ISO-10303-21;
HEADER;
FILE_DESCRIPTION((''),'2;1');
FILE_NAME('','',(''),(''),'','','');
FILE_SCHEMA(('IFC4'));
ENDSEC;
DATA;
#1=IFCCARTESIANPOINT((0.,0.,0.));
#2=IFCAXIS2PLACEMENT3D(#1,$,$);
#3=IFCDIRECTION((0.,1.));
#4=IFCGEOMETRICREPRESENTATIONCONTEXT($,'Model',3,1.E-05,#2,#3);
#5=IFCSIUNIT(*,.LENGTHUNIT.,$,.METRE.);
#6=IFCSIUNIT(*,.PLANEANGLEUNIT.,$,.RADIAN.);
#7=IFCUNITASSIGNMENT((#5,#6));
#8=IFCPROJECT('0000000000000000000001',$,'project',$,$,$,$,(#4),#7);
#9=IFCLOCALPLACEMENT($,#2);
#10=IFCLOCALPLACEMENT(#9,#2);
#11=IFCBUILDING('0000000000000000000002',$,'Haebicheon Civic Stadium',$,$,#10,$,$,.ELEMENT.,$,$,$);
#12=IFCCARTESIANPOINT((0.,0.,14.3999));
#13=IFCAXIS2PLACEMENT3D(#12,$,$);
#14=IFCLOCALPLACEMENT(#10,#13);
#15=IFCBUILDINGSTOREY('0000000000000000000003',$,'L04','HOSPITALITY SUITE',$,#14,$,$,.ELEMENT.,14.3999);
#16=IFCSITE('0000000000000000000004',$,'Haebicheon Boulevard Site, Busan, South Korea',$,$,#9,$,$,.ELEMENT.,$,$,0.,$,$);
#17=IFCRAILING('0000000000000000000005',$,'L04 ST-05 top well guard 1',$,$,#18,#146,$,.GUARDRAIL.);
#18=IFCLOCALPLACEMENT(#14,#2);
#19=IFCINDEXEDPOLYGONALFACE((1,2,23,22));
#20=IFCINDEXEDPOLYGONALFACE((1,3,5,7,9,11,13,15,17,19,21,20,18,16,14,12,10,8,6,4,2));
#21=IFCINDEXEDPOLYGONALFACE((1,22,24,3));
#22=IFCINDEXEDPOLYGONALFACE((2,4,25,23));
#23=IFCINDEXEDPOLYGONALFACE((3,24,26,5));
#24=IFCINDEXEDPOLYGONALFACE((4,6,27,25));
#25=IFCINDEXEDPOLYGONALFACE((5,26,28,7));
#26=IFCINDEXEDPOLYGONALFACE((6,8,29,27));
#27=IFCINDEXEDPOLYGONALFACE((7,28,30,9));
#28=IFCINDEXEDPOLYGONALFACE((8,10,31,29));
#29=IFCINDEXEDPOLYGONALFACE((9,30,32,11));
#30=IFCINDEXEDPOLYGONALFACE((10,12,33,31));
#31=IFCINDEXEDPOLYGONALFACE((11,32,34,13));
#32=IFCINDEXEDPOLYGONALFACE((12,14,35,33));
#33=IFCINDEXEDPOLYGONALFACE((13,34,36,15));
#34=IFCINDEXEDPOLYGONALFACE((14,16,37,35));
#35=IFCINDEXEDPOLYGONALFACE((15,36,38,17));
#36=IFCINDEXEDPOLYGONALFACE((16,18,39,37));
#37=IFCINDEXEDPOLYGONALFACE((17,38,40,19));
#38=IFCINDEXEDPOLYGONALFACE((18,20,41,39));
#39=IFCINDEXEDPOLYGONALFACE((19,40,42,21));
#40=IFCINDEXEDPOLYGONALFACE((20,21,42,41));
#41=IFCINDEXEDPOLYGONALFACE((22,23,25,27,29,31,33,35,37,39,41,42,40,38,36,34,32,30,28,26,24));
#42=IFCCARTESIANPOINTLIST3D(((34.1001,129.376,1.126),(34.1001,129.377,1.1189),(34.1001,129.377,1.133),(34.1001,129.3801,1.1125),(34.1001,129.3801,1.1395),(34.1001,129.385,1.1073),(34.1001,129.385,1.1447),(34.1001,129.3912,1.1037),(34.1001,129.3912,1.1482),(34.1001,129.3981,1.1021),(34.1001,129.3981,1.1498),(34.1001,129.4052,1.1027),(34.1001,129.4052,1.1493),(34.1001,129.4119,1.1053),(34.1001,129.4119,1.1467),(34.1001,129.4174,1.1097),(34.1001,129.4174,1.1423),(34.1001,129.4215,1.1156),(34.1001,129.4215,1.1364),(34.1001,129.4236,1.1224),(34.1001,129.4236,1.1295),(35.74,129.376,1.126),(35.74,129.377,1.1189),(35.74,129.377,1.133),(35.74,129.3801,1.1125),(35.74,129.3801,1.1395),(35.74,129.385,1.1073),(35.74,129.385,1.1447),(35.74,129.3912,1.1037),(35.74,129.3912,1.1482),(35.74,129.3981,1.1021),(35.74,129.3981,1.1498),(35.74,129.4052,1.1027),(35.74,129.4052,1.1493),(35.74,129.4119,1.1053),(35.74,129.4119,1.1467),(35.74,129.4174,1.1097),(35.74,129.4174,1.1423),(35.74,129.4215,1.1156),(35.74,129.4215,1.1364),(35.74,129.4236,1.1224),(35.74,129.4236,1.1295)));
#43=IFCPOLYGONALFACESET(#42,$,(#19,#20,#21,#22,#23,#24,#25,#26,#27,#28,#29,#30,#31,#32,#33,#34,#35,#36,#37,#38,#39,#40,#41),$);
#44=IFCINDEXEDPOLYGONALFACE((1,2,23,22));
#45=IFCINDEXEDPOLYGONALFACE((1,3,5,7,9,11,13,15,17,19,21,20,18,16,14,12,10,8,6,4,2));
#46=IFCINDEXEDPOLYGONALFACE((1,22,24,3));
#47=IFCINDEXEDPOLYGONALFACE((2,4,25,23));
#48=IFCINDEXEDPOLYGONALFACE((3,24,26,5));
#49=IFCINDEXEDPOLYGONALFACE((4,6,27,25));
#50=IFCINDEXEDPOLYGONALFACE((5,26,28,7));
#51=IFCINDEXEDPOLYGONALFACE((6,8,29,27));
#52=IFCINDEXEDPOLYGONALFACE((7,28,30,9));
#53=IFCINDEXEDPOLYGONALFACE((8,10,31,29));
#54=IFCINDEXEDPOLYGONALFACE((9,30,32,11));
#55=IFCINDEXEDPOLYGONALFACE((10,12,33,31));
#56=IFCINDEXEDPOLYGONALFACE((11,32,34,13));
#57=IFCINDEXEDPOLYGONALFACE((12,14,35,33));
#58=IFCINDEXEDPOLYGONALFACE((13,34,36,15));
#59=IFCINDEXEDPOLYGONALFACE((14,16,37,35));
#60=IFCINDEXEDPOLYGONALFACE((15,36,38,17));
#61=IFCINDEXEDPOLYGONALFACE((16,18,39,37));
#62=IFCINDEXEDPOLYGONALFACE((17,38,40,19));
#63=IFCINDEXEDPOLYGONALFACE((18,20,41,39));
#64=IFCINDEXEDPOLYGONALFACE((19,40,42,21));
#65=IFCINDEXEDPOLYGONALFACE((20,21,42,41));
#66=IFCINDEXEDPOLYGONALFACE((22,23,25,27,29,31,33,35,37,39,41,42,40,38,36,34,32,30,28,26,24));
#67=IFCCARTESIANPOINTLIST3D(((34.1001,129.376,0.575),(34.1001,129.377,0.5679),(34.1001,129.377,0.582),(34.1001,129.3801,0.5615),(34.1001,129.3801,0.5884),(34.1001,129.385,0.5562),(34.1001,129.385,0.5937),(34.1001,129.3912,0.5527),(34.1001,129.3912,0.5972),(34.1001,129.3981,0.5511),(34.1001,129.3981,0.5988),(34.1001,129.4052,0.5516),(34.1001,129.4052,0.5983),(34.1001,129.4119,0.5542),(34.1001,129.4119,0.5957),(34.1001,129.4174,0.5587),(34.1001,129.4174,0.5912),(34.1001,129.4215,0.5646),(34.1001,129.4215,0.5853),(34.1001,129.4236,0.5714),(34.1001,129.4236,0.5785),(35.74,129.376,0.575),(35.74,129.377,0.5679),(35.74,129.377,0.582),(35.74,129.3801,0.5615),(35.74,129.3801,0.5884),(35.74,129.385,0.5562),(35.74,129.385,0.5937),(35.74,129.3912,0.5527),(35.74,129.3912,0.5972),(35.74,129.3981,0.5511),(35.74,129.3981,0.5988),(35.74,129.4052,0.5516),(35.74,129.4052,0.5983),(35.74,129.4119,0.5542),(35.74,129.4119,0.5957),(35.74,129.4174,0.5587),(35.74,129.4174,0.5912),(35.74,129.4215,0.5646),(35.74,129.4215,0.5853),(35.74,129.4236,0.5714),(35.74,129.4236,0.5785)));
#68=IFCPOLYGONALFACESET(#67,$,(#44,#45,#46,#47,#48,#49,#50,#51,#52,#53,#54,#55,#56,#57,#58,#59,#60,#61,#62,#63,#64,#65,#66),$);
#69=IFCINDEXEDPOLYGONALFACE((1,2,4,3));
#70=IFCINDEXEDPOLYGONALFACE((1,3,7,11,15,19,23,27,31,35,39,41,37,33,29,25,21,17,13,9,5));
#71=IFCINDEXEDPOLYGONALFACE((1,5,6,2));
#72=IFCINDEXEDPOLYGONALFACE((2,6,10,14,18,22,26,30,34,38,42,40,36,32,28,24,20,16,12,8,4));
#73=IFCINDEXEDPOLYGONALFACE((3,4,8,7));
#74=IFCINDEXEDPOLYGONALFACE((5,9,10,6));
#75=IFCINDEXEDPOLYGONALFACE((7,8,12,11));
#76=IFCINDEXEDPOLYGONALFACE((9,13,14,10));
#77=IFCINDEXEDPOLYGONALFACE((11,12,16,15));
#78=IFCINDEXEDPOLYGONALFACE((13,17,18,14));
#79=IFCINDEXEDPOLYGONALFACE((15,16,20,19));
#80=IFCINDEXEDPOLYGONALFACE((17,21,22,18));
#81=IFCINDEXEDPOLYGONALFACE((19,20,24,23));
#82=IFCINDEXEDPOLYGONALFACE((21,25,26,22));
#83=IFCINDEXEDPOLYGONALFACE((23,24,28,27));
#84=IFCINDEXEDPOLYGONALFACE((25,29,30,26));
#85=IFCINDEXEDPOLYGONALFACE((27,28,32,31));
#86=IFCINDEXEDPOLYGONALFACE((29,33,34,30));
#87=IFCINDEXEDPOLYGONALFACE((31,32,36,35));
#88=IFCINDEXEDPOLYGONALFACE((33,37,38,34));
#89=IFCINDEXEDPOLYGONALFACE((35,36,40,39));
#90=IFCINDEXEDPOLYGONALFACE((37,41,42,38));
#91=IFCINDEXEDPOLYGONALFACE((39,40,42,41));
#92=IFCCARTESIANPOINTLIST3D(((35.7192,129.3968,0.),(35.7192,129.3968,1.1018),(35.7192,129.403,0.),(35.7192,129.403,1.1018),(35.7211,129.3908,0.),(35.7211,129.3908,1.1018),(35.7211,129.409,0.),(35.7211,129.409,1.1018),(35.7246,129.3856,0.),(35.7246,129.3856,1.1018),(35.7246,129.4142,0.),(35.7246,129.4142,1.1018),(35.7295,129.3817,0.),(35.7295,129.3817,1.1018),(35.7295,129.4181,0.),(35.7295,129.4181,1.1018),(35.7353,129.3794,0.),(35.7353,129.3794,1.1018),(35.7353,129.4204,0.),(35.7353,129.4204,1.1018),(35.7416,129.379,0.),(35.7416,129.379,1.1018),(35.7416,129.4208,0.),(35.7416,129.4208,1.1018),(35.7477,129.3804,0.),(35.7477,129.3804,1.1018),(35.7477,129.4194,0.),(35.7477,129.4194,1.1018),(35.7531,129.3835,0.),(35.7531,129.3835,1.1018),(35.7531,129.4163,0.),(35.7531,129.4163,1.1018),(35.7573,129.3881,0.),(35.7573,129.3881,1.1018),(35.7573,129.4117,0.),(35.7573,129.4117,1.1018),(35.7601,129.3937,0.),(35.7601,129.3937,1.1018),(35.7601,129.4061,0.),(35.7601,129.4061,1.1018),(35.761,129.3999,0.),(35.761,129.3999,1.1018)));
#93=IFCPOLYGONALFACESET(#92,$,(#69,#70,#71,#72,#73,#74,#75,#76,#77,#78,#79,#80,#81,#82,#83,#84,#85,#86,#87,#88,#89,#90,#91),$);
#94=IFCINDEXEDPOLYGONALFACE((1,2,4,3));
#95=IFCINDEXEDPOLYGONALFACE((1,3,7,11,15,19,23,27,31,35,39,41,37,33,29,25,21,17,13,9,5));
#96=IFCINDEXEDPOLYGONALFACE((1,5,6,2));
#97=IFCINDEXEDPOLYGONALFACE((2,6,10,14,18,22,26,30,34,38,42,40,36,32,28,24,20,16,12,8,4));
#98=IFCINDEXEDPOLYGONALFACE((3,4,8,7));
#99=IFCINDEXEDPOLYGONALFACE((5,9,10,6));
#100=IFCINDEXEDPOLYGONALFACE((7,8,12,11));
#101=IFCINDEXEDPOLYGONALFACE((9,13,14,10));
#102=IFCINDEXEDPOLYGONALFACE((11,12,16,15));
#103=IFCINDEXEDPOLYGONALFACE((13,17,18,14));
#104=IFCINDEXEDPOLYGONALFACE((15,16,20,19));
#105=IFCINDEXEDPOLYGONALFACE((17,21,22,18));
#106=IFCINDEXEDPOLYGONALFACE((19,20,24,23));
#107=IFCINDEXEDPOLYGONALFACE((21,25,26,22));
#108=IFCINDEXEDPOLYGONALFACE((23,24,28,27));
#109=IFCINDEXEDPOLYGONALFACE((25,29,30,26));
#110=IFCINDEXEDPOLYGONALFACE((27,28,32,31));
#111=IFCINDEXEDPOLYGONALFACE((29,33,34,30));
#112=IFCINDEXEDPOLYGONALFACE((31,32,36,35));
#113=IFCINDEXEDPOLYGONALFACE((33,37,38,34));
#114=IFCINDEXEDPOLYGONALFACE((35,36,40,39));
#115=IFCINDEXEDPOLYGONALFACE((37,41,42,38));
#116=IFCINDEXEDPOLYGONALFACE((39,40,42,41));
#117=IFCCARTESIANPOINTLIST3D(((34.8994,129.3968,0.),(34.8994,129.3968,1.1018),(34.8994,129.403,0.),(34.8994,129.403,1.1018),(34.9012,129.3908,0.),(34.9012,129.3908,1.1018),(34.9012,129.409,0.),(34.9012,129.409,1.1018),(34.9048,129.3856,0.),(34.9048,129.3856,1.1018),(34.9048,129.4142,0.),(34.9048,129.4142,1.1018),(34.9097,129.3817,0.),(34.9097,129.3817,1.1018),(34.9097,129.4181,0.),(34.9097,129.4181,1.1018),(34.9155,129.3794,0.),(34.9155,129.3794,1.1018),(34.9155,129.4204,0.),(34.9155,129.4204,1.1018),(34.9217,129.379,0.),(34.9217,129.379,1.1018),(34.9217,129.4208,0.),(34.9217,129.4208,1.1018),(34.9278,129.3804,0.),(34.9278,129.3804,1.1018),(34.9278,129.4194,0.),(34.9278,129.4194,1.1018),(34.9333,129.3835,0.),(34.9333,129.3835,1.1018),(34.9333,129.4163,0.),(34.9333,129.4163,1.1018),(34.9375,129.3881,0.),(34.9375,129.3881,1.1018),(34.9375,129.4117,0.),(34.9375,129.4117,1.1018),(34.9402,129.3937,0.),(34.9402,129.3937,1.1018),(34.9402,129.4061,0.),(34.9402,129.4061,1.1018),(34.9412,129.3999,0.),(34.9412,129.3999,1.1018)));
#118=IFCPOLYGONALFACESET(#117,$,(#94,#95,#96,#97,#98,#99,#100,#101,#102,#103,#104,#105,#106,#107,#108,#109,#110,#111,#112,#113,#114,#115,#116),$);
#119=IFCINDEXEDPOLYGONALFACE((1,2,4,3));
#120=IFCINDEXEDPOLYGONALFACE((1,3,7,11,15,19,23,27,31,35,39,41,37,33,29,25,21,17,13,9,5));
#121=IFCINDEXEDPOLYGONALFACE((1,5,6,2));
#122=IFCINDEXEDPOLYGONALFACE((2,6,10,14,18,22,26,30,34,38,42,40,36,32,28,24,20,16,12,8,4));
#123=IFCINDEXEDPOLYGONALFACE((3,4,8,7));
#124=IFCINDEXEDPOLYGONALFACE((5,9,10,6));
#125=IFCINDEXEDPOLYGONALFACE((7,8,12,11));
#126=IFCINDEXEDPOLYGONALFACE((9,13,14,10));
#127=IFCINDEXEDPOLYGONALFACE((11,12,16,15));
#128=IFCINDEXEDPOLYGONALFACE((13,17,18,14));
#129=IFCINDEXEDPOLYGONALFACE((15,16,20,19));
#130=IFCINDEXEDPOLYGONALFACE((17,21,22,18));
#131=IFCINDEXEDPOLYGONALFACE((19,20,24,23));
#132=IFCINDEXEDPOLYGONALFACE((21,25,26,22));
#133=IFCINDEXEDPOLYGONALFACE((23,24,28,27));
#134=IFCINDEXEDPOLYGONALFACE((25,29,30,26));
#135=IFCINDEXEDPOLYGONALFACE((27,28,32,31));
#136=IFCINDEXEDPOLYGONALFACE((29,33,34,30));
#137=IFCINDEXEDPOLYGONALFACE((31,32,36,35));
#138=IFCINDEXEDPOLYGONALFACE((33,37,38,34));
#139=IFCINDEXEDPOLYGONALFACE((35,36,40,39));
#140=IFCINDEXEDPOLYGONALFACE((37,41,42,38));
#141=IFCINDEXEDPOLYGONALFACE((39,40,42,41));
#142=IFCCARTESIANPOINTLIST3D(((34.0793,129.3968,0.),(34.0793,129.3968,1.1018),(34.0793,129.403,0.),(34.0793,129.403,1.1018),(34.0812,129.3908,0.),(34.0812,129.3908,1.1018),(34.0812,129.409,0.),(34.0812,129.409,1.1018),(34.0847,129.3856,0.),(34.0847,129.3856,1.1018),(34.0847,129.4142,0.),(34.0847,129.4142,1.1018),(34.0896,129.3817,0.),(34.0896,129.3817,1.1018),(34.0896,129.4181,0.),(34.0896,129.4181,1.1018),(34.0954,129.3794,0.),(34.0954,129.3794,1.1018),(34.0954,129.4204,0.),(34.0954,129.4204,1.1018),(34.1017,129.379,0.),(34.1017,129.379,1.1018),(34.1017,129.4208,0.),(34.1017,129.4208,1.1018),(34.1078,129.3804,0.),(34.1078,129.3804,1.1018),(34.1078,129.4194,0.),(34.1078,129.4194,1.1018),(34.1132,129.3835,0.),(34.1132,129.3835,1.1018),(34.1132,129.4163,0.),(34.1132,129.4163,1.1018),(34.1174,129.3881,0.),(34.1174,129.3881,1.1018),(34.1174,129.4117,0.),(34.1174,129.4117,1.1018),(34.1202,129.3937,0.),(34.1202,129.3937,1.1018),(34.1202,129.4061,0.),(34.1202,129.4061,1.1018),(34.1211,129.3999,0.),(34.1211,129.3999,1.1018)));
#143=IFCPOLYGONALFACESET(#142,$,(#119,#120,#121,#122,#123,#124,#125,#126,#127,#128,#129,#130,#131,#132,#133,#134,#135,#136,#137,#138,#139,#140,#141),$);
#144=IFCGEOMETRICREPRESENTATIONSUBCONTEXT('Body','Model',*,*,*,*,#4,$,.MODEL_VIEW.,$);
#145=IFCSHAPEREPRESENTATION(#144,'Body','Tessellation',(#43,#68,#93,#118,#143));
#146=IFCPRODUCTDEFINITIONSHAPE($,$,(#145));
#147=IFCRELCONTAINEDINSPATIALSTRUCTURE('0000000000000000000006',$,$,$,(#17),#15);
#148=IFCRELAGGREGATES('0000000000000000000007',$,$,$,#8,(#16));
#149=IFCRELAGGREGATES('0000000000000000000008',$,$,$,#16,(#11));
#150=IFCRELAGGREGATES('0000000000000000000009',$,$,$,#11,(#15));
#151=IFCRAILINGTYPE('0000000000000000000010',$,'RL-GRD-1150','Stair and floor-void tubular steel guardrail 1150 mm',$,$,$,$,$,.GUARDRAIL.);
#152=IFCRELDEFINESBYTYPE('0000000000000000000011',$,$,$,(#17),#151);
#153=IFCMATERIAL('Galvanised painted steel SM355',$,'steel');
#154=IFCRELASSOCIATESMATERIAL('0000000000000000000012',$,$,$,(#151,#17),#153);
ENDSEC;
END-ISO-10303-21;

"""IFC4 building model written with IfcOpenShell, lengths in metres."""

from ifc_helpers import new_model, si_unit, direction, frame, origin, origin_2d, place, context, subcontext, project, spatial, circle, extrude, material, type_object, element, save


model = new_model("IFC4")

# Units and contexts
model_context = context("Model", 3, precision=1e-05, world=origin(), true_north=direction((0.0, 1.0)))
body_context = subcontext(model_context, "Body", "Model", "MODEL_VIEW")
ifc_project = project(units=[si_unit("LENGTHUNIT", "METRE"), si_unit("PLANEANGLEUNIT", "RADIAN")], contexts=[model_context])

# Site, building, storey
site_placement = place(None, origin())
site = spatial("IfcSite", under=ifc_project, at=site_placement, Name="Haebicheon Boulevard Site, Busan, South Korea", CompositionType="ELEMENT", RefElevation=0.0)
building_placement = place(site_placement, origin())
building = spatial("IfcBuilding", under=site, at=building_placement, Name="Haebicheon Civic Stadium", CompositionType="ELEMENT")
storey_placement = place(building_placement, frame((0.0, 0.0, 14.3999)))
storey = spatial("IfcBuildingStorey", under=building, at=storey_placement, Name="L04", Description="HOSPITALITY SUITE", CompositionType="ELEMENT", Elevation=14.3999)

# Railing
ifc_material_1 = material(Name="Galvanised painted steel SM355", Category="steel")
railing_type = type_object("IfcRailingType", Name="RL-GRD-1150", Description="Stair and floor-void tubular steel guardrail 1150 mm", PredefinedType="GUARDRAIL", material=ifc_material_1)
railing_1_placement = place(storey_placement, frame((35.74, 129.3999, 0.0)))
element("IfcRailing", 1, at=railing_1_placement, inside=storey, type_object=railing_type, material=ifc_material_1, Name="L04 ST-05 top well guard 1", PredefinedType="GUARDRAIL", context=body_context, shape_type="SweptSolid", body=[
    extrude(circle(Radius=0.0239, at=origin_2d()), frame((0.0, 0.0, 1.126), z_axis=(-1.0, 0.0, 0.0), x_axis=(0.0, -1.0, 0.0)), (0.0, 0.0, 1.0), 1.6399),
    extrude(circle(Radius=0.0239, at=origin_2d()), frame((0.0, 0.0, 0.575), z_axis=(-1.0, 0.0, 0.0), x_axis=(0.0, -1.0, 0.0)), (0.0, 0.0, 1.0), 1.6399),
    extrude(circle(Radius=0.021, at=origin_2d()), origin(), (0.0, 0.0, 1.0), 1.1018),
    extrude(circle(Radius=0.021, at=origin_2d()), frame((-0.8198, 0.0, 0.0)), (0.0, 0.0, 1.0), 1.1018),
    extrude(circle(Radius=0.021, at=origin_2d()), frame((-1.6399, 0.0, 0.0)), (0.0, 0.0, 1.0), 1.1018),
])

save(model, "model.ifc")
